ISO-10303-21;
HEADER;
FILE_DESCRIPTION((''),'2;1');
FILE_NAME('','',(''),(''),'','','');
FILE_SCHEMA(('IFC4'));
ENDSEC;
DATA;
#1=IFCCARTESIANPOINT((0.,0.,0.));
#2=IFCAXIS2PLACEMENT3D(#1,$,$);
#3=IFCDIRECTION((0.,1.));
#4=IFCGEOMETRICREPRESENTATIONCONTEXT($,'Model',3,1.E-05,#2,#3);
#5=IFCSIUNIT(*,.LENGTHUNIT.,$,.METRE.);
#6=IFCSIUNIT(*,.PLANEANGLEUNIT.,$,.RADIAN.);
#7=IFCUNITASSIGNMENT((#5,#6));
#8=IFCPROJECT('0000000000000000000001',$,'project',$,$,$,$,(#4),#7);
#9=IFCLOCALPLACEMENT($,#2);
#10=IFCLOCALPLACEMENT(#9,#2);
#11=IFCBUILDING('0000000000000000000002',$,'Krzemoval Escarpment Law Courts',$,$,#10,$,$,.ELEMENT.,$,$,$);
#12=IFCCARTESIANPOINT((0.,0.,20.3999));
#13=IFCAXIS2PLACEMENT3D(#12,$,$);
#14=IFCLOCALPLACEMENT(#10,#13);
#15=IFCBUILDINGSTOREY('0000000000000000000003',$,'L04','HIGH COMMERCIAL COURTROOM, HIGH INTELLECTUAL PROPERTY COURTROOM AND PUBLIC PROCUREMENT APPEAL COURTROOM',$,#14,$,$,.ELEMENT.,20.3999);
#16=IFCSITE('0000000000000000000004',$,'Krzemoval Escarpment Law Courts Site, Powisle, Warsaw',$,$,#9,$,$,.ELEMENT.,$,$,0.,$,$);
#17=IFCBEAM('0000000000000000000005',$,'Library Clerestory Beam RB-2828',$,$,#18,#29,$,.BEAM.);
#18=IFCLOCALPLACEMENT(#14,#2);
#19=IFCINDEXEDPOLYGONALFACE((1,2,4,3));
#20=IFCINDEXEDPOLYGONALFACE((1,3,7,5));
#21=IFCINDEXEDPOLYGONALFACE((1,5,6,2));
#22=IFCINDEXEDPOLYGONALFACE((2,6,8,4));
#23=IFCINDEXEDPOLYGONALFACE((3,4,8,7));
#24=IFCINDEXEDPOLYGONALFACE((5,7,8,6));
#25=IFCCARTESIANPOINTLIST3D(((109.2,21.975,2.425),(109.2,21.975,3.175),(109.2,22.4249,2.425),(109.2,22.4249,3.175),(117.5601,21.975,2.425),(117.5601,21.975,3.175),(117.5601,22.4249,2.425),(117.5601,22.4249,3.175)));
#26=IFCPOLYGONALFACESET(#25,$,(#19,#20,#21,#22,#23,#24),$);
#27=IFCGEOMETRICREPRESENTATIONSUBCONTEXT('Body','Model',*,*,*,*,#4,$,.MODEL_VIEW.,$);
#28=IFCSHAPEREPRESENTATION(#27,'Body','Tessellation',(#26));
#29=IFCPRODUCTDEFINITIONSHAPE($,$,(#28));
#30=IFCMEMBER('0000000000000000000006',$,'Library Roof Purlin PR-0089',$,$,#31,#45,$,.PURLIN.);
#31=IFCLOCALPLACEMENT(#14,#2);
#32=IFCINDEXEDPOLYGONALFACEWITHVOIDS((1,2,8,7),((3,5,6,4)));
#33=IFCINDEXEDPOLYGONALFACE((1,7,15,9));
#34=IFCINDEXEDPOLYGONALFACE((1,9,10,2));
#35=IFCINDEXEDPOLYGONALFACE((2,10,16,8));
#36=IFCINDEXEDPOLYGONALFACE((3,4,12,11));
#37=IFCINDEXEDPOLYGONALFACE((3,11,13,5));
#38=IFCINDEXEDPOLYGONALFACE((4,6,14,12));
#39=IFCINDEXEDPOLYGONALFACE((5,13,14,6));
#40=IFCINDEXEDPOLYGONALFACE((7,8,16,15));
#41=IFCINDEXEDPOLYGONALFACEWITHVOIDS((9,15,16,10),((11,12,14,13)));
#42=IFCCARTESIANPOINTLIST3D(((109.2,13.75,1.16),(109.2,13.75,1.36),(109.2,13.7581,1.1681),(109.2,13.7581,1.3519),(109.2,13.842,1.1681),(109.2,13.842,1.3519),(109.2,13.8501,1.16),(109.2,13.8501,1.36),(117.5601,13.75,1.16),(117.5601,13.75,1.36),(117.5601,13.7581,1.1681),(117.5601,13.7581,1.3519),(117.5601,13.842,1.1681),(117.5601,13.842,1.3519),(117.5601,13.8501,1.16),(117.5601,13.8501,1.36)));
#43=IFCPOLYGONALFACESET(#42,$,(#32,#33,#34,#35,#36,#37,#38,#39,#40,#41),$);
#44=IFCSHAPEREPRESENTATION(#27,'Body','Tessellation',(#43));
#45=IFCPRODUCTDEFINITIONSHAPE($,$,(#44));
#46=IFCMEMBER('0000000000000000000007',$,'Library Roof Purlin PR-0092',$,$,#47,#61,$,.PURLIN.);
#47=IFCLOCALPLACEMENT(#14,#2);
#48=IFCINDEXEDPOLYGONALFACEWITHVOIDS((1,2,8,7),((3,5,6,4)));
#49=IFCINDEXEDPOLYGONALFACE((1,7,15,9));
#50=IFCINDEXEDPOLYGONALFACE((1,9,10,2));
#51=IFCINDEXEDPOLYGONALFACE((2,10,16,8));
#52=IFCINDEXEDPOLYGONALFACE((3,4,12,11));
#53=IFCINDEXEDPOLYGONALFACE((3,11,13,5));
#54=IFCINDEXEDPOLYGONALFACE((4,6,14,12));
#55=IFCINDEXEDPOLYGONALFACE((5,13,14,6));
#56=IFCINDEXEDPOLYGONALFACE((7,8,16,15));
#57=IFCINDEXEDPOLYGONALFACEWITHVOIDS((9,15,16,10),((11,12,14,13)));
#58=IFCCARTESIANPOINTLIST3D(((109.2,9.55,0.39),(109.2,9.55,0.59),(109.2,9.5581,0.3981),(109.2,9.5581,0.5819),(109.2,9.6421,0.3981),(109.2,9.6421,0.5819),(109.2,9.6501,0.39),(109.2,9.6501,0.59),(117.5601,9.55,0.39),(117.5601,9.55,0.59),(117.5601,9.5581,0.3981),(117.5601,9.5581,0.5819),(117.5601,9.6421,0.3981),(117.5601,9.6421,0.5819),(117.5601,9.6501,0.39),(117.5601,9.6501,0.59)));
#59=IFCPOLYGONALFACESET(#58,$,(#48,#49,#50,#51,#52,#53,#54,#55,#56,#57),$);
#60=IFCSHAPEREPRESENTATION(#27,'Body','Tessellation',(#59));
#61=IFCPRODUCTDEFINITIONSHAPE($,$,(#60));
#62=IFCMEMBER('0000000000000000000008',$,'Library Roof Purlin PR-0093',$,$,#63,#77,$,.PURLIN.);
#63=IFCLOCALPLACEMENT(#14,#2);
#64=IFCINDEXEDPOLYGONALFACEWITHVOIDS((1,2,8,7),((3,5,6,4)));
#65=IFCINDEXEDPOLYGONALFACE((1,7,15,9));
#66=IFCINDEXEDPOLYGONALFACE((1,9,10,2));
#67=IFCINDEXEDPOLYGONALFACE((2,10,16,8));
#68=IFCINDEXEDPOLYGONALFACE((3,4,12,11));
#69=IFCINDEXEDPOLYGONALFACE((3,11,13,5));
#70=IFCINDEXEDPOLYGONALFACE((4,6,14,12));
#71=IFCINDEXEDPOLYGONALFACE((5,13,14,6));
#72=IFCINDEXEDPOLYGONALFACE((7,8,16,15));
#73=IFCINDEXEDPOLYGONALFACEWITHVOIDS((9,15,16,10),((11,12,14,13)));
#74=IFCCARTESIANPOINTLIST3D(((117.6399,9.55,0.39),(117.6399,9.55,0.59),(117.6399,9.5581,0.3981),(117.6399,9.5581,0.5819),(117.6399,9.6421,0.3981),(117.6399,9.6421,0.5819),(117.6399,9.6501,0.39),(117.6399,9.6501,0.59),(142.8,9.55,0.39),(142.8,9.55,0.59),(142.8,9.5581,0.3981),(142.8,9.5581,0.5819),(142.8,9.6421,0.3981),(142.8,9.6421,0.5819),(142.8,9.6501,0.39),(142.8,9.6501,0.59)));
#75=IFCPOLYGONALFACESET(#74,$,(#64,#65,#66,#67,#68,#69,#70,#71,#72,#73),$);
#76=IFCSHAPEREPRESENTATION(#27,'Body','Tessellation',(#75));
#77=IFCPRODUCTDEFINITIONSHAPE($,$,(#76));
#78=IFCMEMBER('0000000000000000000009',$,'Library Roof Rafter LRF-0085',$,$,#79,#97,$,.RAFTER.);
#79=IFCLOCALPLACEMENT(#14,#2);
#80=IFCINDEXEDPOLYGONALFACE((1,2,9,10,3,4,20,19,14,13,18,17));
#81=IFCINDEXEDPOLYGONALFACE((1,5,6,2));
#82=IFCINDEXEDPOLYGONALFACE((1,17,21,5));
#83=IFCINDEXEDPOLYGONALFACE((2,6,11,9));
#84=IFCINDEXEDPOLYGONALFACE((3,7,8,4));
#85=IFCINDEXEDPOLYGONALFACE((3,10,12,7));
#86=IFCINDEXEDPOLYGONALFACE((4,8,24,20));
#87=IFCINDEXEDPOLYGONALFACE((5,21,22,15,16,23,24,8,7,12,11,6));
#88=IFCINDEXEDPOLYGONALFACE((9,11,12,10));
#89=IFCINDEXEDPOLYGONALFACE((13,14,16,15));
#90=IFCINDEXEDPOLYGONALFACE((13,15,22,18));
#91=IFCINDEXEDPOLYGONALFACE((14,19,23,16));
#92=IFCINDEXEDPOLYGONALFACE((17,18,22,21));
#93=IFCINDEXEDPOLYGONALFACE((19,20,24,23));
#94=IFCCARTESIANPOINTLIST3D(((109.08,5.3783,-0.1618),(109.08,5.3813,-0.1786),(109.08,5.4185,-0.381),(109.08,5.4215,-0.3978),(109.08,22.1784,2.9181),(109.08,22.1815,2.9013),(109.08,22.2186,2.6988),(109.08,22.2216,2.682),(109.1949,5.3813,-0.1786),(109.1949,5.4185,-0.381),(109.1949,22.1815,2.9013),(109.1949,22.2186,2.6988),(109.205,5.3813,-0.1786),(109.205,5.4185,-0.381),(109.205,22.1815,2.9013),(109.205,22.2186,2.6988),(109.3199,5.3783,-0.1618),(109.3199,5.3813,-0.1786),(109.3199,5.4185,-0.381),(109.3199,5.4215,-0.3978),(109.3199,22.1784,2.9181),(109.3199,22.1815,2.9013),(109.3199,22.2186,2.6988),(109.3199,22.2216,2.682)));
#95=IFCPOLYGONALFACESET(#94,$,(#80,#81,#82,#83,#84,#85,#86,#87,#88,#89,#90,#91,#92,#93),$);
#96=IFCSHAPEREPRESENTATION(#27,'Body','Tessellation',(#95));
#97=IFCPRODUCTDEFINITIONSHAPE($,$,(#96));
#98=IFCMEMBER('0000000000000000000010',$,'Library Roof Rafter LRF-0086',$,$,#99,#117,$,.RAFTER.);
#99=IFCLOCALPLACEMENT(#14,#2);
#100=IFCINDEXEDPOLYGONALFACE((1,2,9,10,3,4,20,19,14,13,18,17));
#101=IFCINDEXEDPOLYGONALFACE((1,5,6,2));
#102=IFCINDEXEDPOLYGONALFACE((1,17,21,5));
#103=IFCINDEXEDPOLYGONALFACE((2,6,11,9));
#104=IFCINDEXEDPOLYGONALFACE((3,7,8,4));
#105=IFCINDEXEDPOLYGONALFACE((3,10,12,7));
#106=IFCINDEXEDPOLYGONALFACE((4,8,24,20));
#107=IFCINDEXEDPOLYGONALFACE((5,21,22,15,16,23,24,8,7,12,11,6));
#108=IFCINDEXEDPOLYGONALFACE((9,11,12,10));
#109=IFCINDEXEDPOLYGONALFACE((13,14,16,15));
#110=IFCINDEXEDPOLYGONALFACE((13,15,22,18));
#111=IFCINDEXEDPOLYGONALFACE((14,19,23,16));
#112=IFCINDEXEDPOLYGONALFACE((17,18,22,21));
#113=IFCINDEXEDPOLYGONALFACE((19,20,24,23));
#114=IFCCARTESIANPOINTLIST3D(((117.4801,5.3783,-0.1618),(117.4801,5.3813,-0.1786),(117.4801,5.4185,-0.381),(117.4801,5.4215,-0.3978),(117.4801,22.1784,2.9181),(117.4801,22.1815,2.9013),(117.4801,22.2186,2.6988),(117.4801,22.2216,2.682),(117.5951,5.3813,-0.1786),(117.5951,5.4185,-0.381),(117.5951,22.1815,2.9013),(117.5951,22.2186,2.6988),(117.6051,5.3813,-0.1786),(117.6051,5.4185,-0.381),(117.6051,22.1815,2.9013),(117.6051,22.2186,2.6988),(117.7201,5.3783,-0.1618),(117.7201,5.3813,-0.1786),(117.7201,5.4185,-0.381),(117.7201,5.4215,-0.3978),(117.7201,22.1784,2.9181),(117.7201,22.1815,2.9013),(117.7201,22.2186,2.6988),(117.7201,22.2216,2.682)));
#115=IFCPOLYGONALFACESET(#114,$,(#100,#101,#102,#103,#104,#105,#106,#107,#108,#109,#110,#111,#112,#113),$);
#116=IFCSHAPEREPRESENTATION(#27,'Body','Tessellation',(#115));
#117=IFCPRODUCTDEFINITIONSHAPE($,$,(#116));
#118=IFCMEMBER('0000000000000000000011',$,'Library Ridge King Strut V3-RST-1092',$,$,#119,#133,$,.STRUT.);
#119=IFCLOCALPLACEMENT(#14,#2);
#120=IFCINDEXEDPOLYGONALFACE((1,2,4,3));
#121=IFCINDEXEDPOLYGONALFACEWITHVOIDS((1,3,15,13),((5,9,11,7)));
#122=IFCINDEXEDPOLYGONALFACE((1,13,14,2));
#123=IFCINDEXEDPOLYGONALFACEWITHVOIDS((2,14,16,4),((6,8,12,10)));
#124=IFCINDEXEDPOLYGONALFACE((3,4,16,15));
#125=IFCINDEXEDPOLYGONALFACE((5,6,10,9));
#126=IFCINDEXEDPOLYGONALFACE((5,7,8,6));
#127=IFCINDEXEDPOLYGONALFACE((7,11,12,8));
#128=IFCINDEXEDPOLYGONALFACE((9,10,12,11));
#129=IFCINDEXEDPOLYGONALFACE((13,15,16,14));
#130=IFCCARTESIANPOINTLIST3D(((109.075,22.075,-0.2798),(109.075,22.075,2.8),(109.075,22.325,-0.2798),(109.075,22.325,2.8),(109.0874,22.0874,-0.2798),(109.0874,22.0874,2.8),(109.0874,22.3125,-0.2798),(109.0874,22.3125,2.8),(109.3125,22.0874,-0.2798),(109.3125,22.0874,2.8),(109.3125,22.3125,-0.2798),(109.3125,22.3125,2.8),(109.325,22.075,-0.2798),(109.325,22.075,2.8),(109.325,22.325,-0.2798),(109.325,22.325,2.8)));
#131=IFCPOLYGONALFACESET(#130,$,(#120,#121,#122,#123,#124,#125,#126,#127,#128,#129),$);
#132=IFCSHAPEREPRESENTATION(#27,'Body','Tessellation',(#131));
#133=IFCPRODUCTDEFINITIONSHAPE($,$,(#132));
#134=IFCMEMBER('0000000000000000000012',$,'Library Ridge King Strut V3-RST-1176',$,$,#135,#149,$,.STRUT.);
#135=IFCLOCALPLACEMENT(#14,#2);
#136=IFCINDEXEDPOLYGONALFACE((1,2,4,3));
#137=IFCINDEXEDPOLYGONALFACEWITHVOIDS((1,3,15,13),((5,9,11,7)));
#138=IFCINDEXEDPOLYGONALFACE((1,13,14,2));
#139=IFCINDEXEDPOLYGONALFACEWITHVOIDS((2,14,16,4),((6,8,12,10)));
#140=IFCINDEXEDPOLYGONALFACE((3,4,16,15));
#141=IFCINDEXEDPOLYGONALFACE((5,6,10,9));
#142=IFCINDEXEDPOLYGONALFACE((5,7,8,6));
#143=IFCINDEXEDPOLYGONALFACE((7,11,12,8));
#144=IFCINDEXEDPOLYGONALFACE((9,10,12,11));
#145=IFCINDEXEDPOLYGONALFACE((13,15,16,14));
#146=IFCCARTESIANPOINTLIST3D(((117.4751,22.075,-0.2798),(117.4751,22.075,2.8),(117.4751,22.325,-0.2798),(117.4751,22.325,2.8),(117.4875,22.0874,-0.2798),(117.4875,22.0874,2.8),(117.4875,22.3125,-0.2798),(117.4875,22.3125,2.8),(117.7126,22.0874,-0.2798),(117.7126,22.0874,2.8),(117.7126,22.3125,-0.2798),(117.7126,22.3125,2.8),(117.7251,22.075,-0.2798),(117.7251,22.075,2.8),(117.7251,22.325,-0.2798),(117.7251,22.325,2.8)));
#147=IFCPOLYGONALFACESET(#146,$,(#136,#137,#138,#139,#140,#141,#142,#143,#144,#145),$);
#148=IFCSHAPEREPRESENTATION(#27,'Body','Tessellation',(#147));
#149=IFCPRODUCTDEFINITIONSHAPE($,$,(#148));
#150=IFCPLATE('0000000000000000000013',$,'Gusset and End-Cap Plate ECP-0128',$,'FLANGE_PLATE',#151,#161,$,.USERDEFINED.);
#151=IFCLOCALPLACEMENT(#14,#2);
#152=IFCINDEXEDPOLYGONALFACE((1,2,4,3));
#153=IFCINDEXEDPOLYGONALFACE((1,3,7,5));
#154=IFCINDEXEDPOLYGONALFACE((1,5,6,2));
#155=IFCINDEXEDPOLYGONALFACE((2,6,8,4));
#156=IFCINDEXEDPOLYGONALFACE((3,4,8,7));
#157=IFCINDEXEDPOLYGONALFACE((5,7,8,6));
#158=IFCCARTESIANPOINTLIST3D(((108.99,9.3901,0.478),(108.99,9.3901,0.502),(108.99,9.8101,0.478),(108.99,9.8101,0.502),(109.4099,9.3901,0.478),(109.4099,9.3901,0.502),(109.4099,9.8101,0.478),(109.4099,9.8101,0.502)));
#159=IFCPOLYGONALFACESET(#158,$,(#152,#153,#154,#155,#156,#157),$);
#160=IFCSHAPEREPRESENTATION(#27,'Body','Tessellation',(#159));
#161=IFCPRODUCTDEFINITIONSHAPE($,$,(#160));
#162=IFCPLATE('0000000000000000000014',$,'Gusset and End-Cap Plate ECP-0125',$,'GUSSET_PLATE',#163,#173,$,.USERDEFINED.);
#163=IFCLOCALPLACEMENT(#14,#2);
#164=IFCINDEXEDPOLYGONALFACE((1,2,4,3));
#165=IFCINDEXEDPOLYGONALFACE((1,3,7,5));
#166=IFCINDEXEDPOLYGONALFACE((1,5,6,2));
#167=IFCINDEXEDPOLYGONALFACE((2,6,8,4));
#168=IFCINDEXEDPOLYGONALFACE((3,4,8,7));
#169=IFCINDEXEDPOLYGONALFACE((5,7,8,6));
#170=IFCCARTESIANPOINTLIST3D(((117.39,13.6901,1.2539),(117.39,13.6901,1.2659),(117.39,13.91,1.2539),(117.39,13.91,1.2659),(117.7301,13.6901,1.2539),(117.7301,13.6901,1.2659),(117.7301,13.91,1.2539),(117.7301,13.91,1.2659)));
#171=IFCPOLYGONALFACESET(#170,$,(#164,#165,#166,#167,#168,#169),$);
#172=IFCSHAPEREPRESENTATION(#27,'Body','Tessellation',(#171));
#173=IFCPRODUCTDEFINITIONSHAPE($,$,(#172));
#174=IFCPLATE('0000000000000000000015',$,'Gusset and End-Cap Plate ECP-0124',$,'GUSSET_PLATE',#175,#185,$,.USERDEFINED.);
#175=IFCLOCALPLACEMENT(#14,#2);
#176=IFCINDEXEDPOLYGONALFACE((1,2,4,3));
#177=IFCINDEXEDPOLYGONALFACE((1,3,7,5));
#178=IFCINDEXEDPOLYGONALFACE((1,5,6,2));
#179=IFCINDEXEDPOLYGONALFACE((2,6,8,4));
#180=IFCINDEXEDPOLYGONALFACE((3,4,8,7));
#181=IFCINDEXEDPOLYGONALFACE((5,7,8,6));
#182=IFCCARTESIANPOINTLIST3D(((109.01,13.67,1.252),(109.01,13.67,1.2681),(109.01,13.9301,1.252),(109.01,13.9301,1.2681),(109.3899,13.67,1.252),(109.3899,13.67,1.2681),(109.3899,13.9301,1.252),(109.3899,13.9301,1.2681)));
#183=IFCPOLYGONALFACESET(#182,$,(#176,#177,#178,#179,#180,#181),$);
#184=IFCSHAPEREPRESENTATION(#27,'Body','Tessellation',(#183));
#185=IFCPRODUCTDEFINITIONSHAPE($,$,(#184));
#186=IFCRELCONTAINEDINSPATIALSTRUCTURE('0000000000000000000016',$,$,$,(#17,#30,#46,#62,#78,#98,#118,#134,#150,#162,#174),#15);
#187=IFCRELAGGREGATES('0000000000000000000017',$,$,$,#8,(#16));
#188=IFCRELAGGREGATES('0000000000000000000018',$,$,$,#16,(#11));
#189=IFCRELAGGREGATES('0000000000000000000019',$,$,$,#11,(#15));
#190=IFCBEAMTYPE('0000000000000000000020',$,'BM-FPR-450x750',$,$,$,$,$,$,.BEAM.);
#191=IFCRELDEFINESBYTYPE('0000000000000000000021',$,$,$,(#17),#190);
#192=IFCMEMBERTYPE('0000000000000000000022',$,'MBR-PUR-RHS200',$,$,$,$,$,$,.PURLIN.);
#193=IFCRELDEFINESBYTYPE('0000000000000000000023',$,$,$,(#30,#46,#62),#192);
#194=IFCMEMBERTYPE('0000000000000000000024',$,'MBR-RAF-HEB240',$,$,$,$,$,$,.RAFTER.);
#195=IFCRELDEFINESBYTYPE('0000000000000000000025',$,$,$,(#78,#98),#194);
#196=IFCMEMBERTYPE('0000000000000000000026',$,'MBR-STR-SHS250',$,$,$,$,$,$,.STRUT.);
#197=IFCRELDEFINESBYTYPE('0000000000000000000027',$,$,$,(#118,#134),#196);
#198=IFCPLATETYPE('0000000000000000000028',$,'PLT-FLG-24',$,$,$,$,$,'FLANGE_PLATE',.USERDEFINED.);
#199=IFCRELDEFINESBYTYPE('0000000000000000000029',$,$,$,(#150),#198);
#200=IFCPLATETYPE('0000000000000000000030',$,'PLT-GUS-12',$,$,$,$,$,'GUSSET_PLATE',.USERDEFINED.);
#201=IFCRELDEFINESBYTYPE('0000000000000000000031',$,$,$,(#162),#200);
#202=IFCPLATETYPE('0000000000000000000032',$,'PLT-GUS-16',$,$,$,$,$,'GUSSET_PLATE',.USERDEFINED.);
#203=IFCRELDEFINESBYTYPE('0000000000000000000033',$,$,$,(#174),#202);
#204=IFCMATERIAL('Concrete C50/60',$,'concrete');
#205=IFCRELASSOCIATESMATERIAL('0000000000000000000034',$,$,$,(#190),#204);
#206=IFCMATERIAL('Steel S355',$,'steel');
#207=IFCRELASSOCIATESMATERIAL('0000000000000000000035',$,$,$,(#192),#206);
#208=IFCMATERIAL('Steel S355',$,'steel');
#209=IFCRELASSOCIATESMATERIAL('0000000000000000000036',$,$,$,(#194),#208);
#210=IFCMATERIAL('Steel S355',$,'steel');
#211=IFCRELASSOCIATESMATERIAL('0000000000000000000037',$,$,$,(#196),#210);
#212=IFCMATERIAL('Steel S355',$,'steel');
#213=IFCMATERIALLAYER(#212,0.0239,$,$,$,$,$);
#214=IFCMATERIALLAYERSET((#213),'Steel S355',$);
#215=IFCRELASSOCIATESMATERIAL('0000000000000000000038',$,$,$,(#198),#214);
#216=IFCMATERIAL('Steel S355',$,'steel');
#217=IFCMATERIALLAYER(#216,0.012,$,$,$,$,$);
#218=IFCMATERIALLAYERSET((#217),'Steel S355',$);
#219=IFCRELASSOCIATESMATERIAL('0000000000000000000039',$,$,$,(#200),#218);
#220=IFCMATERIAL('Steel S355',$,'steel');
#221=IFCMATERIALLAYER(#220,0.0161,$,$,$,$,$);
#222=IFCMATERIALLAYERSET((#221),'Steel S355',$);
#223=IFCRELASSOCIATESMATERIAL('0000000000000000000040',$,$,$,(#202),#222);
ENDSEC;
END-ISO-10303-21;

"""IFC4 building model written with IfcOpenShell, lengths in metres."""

from ifc_helpers import new_model, si_unit, direction, frame, origin, origin_2d, place, context, subcontext, project, spatial, rectangle, hollow_rectangle, i_section, extrude, material, layer, layer_set, material_profile, profile_set, type_object, element, save


model = new_model("IFC4")

# Units and contexts
model_context = context("Model", 3, precision=1e-05, world=origin(), true_north=direction((0.0, 1.0)))
body_context = subcontext(model_context, "Body", "Model", "MODEL_VIEW")
ifc_project = project(units=[si_unit("LENGTHUNIT", "METRE"), si_unit("PLANEANGLEUNIT", "RADIAN")], contexts=[model_context])

# Site, building, storey
site_placement = place(None, origin())
site = spatial("IfcSite", under=ifc_project, at=site_placement, Name="Krzemoval Escarpment Law Courts Site, Powisle, Warsaw", CompositionType="ELEMENT", RefElevation=0.0)
building_placement = place(site_placement, origin())
building = spatial("IfcBuilding", under=site, at=building_placement, Name="Krzemoval Escarpment Law Courts", CompositionType="ELEMENT")
storey_placement = place(building_placement, frame((0.0, 0.0, 20.3999)))
storey = spatial("IfcBuildingStorey", under=building, at=storey_placement, Name="L04", Description="HIGH COMMERCIAL COURTROOM, HIGH INTELLECTUAL PROPERTY COURTROOM AND PUBLIC PROCUREMENT APPEAL COURTROOM", CompositionType="ELEMENT", Elevation=20.3999)

# Beam
ifc_material_1 = material(Name="Concrete C50/60", Category="concrete")
ifc_material_profile_1 = material_profile(ifc_material_1, rectangle(XDim=0.45, YDim=0.75, at=origin_2d()), Name="FPR 450x750")
ifc_profile_set_1 = profile_set([ifc_material_profile_1], Name="Concrete C50/60")
beam_type = type_object("IfcBeamType", Name="BM-FPR-450x750", PredefinedType="BEAM", material=ifc_profile_set_1)
beam_placement = place(storey_placement, frame((109.2, 22.2, 2.8), z_axis=(1.0, 0.0, 0.0), x_axis=(0.0, 1.0, 0.0)))
element("IfcBeam", 1, at=beam_placement, inside=storey, type_object=beam_type, Name="Library Clerestory Beam RB-2828", PredefinedType="BEAM", context=body_context, shape_type="SweptSolid", body=[
    extrude(rectangle(XDim=0.45, YDim=0.75, at=origin_2d()), origin(), (0.0, 0.0, 1.0), 8.3601),
])

# Members
ifc_material_2 = material(Name="Steel S355", Category="steel")
ifc_material_profile_2 = material_profile(ifc_material_2, hollow_rectangle(XDim=0.1001, YDim=0.2, WallThickness=0.0081, at=origin_2d()), Name="RHS 200x100x8")
ifc_profile_set_2 = profile_set([ifc_material_profile_2], Name="Steel S355")
member_type_1 = type_object("IfcMemberType", Name="MBR-PUR-RHS200", PredefinedType="PURLIN", material=ifc_profile_set_2)
for number, where, z_axis, x_axis, name in (
    (2, (109.2, 13.8, 1.26), (1.0, 0.0, 0.0), (0.0, 1.0, 0.0), "Library Roof Purlin PR-0089"),
    (3, (109.2, 9.6001, 0.49), (1.0, 0.0, 0.0), (0.0, 1.0, 0.0), "Library Roof Purlin PR-0092"),
):
    element("IfcMember", number, at=place(storey_placement, frame(where, z_axis=z_axis, x_axis=x_axis)), inside=storey, type_object=member_type_1, Name=name, PredefinedType="PURLIN", context=body_context, shape_type="SweptSolid", body=[
        extrude(hollow_rectangle(XDim=0.1001, YDim=0.2, WallThickness=0.0081, at=origin_2d()), origin(), (0.0, 0.0, 1.0), 8.3601),
    ])
member_placement = place(storey_placement, frame((117.6399, 9.6001, 0.49), z_axis=(1.0, 0.0, 0.0), x_axis=(0.0, 1.0, 0.0)))
element("IfcMember", 4, at=member_placement, inside=storey, type_object=member_type_1, Name="Library Roof Purlin PR-0093", PredefinedType="PURLIN", context=body_context, shape_type="SweptSolid", body=[
    extrude(hollow_rectangle(XDim=0.1001, YDim=0.2, WallThickness=0.0081, at=origin_2d()), origin(), (0.0, 0.0, 1.0), 25.1602),
])
ifc_material_3 = material(Name="Steel S355", Category="steel")
ifc_material_profile_3 = material_profile(ifc_material_3, i_section(OverallWidth=0.24, OverallDepth=0.24, WebThickness=0.01, FlangeThickness=0.0171, at=origin_2d()), Name="HEB 240")
ifc_profile_set_3 = profile_set([ifc_material_profile_3], Name="Steel S355")
member_type_2 = type_object("IfcMemberType", Name="MBR-RAF-HEB240", PredefinedType="RAFTER", material=ifc_profile_set_3)
for number, where, z_axis, x_axis, name in (
    (5, (109.2, 5.3999, -0.2798), (0.0, 0.983608, 0.180318), (-1.0, 0.0, 0.0), "Library Roof Rafter LRF-0085"),
    (6, (117.6001, 5.3999, -0.2798), (0.0, 0.983608, 0.180318), (-1.0, 0.0, 0.0), "Library Roof Rafter LRF-0086"),
):
    element("IfcMember", number, at=place(storey_placement, frame(where, z_axis=z_axis, x_axis=x_axis)), inside=storey, type_object=member_type_2, Name=name, PredefinedType="RAFTER", context=body_context, shape_type="SweptSolid", body=[
        extrude(i_section(OverallWidth=0.24, OverallDepth=0.24, WebThickness=0.01, FlangeThickness=0.0171, at=origin_2d()), origin(), (0.0, 0.0, 1.0), 17.0801),
    ])
ifc_material_4 = material(Name="Steel S355", Category="steel")
ifc_material_profile_4 = material_profile(ifc_material_4, hollow_rectangle(XDim=0.25, YDim=0.25, WallThickness=0.0125, at=origin_2d()), Name="SHS 250x250x12.5")
ifc_profile_set_4 = profile_set([ifc_material_profile_4], Name="Steel S355")
member_type_3 = type_object("IfcMemberType", Name="MBR-STR-SHS250", PredefinedType="STRUT", material=ifc_profile_set_4)
for number, where, z_axis, x_axis, name in (
    (7, (109.2, 22.2, -0.2798), (0.0, 0.0, 1.0), (1.0, 0.0, 0.0), "Library Ridge King Strut V3-RST-1092"),
    (8, (117.6001, 22.2, -0.2798), (0.0, 0.0, 1.0), (1.0, 0.0, 0.0), "Library Ridge King Strut V3-RST-1176"),
):
    element("IfcMember", number, at=place(storey_placement, frame(where, z_axis=z_axis, x_axis=x_axis)), inside=storey, type_object=member_type_3, Name=name, PredefinedType="STRUT", context=body_context, shape_type="SweptSolid", body=[
        extrude(hollow_rectangle(XDim=0.25, YDim=0.25, WallThickness=0.0125, at=origin_2d()), origin(), (0.0, 0.0, 1.0), 3.0798),
    ])

# Plates
ifc_material_5 = material(Name="Steel S355", Category="steel")
ifc_layer_1 = layer(ifc_material_5, 0.0239)
ifc_layer_set_1 = layer_set([ifc_layer_1], Name="Steel S355")
plate_type_1 = type_object("IfcPlateType", Name="PLT-FLG-24", ElementType="FLANGE_PLATE", PredefinedType="USERDEFINED", material=ifc_layer_set_1)
plate_1_placement = place(storey_placement, frame((109.2, 9.6001, 0.478), z_axis=(0.0, 0.0, 1.0), x_axis=(1.0, 0.0, 0.0)))
element("IfcPlate", 9, at=plate_1_placement, inside=storey, type_object=plate_type_1, Name="Gusset and End-Cap Plate ECP-0128", ObjectType="FLANGE_PLATE", PredefinedType="USERDEFINED", context=body_context, shape_type="SweptSolid", body=[
    extrude(rectangle(XDim=0.4199, YDim=0.4199, at=origin_2d()), origin(), (0.0, 0.0, 1.0), 0.0239),
])
ifc_material_6 = material(Name="Steel S355", Category="steel")
ifc_layer_2 = layer(ifc_material_6, 0.012)
ifc_layer_set_2 = layer_set([ifc_layer_2], Name="Steel S355")
plate_type_2 = type_object("IfcPlateType", Name="PLT-GUS-12", ElementType="GUSSET_PLATE", PredefinedType="USERDEFINED", material=ifc_layer_set_2)
plate_2_placement = place(storey_placement, frame((117.5601, 13.8, 1.2539), z_axis=(0.0, 0.0, 1.0), x_axis=(1.0, 0.0, 0.0)))
element("IfcPlate", 10, at=plate_2_placement, inside=storey, type_object=plate_type_2, Name="Gusset and End-Cap Plate ECP-0125", ObjectType="GUSSET_PLATE", PredefinedType="USERDEFINED", context=body_context, shape_type="SweptSolid", body=[
    extrude(rectangle(XDim=0.3401, YDim=0.22, at=origin_2d()), origin(), (0.0, 0.0, 1.0), 0.012),
])
ifc_material_7 = material(Name="Steel S355", Category="steel")
ifc_layer_3 = layer(ifc_material_7, 0.0161)
ifc_layer_set_3 = layer_set([ifc_layer_3], Name="Steel S355")
plate_type_3 = type_object("IfcPlateType", Name="PLT-GUS-16", ElementType="GUSSET_PLATE", PredefinedType="USERDEFINED", material=ifc_layer_set_3)
plate_3_placement = place(storey_placement, frame((109.2, 13.8, 1.252), z_axis=(0.0, 0.0, 1.0), x_axis=(1.0, 0.0, 0.0)))
element("IfcPlate", 11, at=plate_3_placement, inside=storey, type_object=plate_type_3, Name="Gusset and End-Cap Plate ECP-0124", ObjectType="GUSSET_PLATE", PredefinedType="USERDEFINED", context=body_context, shape_type="SweptSolid", body=[
    extrude(rectangle(XDim=0.3799, YDim=0.26, at=origin_2d()), origin(), (0.0, 0.0, 1.0), 0.0161),
])

save(model, "model.ifc")
